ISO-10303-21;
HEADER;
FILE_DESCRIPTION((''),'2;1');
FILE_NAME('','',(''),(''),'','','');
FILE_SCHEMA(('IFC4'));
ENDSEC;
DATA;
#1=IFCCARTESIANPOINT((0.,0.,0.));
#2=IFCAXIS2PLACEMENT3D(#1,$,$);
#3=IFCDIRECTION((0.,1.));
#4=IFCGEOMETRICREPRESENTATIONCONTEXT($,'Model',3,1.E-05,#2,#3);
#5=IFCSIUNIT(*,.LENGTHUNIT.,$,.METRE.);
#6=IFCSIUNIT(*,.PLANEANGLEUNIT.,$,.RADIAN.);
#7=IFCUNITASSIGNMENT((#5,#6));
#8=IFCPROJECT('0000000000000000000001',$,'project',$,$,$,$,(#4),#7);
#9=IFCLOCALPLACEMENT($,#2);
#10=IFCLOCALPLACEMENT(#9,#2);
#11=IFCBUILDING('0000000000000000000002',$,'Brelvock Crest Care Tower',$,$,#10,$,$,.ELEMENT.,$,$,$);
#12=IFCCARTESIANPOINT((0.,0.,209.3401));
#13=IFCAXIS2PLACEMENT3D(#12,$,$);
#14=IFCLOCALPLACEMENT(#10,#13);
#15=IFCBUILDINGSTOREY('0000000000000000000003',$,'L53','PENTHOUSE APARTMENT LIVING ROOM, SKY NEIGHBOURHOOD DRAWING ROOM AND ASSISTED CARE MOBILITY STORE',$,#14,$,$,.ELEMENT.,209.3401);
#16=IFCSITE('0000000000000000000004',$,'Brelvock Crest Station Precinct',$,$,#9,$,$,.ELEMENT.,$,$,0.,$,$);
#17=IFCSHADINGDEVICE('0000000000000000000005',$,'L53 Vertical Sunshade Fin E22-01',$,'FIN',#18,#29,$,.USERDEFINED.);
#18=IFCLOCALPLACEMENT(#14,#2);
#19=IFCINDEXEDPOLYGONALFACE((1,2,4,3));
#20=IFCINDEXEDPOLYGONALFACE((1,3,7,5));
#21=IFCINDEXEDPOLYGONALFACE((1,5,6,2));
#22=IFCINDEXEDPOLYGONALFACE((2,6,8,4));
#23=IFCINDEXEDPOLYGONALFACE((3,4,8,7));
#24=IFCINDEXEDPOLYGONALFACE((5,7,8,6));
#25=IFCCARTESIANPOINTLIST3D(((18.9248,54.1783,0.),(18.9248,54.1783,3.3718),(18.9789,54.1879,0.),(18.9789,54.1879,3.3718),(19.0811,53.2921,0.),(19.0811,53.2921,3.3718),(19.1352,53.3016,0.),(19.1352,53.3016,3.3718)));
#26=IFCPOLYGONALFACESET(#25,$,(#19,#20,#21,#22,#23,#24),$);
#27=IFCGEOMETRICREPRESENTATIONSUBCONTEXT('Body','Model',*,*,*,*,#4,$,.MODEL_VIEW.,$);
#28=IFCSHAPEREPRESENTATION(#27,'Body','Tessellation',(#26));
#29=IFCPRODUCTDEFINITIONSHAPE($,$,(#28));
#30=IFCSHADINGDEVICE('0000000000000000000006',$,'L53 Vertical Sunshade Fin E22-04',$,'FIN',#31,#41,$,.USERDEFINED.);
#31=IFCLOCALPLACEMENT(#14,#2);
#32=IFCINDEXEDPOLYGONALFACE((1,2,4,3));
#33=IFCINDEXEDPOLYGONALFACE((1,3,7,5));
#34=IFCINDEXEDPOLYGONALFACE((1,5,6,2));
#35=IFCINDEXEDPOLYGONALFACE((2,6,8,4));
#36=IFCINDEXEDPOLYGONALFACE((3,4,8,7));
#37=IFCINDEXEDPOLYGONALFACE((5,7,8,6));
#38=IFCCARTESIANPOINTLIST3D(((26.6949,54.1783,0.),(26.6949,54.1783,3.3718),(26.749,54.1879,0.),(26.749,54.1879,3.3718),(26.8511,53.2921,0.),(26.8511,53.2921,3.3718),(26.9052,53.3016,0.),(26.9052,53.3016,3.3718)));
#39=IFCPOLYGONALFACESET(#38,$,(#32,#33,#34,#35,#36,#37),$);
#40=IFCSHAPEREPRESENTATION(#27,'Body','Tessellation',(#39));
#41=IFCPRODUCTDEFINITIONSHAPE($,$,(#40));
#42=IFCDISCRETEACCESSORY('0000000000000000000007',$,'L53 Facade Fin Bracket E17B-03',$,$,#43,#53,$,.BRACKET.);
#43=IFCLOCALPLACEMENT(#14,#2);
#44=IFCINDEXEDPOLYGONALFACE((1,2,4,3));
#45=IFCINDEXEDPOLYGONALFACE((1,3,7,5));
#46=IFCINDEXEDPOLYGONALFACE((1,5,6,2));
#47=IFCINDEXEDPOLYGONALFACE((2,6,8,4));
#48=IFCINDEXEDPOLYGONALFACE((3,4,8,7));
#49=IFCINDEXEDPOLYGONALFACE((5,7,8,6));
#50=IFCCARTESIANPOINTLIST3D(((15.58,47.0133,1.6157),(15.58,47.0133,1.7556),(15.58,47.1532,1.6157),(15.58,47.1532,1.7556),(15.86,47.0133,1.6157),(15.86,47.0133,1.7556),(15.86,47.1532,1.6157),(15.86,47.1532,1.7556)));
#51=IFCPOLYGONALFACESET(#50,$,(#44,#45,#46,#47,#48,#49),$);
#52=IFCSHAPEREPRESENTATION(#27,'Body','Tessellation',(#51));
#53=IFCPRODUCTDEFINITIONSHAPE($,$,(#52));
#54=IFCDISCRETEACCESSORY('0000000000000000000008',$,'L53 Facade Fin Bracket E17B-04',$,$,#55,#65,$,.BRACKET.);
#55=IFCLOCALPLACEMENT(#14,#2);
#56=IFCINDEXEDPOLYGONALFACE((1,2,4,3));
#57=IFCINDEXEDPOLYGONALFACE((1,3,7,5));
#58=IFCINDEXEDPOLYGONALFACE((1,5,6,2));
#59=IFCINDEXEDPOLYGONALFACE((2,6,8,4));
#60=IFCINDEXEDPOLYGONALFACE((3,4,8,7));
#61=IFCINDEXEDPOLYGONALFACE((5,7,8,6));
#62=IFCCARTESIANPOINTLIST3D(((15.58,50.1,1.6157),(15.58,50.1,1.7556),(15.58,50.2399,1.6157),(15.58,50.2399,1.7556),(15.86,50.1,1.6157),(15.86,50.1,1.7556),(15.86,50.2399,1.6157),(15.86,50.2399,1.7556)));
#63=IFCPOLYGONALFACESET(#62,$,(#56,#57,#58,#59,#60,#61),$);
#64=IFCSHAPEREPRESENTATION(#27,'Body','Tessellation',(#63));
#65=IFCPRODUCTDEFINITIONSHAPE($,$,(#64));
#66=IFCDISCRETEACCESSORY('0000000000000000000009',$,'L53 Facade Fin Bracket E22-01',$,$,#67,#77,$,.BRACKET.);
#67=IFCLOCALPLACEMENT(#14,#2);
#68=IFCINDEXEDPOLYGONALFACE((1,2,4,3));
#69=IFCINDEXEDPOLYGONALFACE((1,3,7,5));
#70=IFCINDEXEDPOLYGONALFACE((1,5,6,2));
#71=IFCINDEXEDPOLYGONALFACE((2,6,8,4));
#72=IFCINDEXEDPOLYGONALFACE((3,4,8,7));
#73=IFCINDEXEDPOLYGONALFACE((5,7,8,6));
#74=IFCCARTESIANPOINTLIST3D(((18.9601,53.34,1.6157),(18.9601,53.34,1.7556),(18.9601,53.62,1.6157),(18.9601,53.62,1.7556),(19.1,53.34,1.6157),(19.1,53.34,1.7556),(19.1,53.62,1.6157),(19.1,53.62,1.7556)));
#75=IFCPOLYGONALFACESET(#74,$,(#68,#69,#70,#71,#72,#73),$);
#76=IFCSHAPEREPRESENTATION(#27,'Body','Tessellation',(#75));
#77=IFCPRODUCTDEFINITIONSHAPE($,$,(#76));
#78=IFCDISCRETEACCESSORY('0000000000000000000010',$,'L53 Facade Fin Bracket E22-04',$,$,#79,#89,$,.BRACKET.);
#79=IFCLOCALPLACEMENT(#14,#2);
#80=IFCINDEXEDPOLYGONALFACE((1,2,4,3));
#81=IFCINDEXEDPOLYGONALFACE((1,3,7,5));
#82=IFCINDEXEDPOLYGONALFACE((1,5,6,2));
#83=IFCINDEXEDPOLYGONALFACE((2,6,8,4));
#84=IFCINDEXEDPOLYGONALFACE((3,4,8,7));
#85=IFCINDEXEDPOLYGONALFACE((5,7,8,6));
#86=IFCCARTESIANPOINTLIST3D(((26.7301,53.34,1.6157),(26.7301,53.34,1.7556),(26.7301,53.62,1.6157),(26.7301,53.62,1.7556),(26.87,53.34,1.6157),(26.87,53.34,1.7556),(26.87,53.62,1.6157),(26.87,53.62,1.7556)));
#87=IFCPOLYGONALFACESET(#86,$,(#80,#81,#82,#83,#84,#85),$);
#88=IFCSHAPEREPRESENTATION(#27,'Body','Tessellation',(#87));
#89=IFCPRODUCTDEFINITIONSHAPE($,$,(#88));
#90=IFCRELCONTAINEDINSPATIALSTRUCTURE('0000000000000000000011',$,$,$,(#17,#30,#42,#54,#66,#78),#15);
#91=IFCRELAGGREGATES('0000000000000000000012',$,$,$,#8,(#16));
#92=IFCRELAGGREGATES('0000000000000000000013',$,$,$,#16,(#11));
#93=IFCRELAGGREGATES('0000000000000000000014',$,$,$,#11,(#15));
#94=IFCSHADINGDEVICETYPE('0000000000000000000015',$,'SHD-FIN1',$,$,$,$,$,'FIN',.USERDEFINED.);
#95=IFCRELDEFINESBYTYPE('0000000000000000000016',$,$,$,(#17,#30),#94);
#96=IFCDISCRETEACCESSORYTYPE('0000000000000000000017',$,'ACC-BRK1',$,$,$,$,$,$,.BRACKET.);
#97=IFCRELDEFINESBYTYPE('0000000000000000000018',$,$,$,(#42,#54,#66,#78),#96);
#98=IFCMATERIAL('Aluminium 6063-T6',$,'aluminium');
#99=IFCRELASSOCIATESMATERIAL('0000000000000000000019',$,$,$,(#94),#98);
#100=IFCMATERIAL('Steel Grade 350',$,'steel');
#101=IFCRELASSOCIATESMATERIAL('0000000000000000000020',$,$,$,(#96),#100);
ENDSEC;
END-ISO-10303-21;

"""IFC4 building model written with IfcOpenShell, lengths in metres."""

from ifc_helpers import new_model, si_unit, direction, frame, origin, origin_2d, place, context, subcontext, project, spatial, rectangle, extrude, source, transform, mapped, material, material_profile, profile_set, type_object, element, save


model = new_model("IFC4")

# Units and contexts
model_context = context("Model", 3, precision=1e-05, world=origin(), true_north=direction((0.0, 1.0)))
body_context = subcontext(model_context, "Body", "Model", "MODEL_VIEW")
ifc_project = project(units=[si_unit("LENGTHUNIT", "METRE"), si_unit("PLANEANGLEUNIT", "RADIAN")], contexts=[model_context])

# Site, building, storey
site_placement = place(None, origin())
site = spatial("IfcSite", under=ifc_project, at=site_placement, Name="Brelvock Crest Station Precinct", CompositionType="ELEMENT", RefElevation=0.0)
building_placement = place(site_placement, origin())
building = spatial("IfcBuilding", under=site, at=building_placement, Name="Brelvock Crest Care Tower", CompositionType="ELEMENT")
storey_placement = place(building_placement, frame((0.0, 0.0, 209.3401)))
storey = spatial("IfcBuildingStorey", under=building, at=storey_placement, Name="L53", Description="PENTHOUSE APARTMENT LIVING ROOM, SKY NEIGHBOURHOOD DRAWING ROOM AND ASSISTED CARE MOBILITY STORE", CompositionType="ELEMENT", Elevation=209.3401)

# Shared definitions
ifc_material_1 = material(Name="Aluminium 6063-T6", Category="aluminium")

# Shading devices
ifc_material_profile_1 = material_profile(ifc_material_1, rectangle(XDim=0.0549, YDim=0.8999, at=origin_2d()), Name="FIN55x900")
ifc_profile_set_1 = profile_set([ifc_material_profile_1], Name="Aluminium 6063-T6")
shading_device_type = type_object("IfcShadingDeviceType", Name="SHD-FIN1", ElementType="FIN", PredefinedType="USERDEFINED", material=ifc_profile_set_1)
shared_shape_1 = source(origin(), body_context, "Body", "SweptSolid", [
    extrude(rectangle(XDim=0.0549, YDim=0.8999, at=origin_2d()), origin(), (0.0, 0.0, 1.0), 3.3718),
])
for number, where, z_axis, x_axis, name in (
    (1, (19.03, 53.74, 0.0), (0.0, 0.0, 1.0), (0.984808, 0.173648, 0.0), "L53 Vertical Sunshade Fin E22-01"),
    (2, (26.8, 53.74, 0.0), (0.0, 0.0, 1.0), (0.984808, 0.173648, 0.0), "L53 Vertical Sunshade Fin E22-04"),
):
    element("IfcShadingDevice", number, at=place(storey_placement, frame(where, z_axis=z_axis, x_axis=x_axis)), inside=storey, type_object=shading_device_type, Name=name, ObjectType="FIN", PredefinedType="USERDEFINED", context=body_context, shape_type="MappedRepresentation", body=[
        mapped(shared_shape_1, transform((0.0, 0.0, 0.0), x_axis=(1.0, 0.0, 0.0), y_axis=(0.0, 1.0, 0.0), z_axis=(0.0, 0.0, 1.0), scale=1.0)),
    ])

# Discrete accessories
ifc_material_2 = material(Name="Steel Grade 350", Category="steel")
discrete_accessory_type = type_object("IfcDiscreteAccessoryType", Name="ACC-BRK1", PredefinedType="BRACKET", material=ifc_material_2)
shared_shape_2 = source(origin(), body_context, "Body", "SweptSolid", [
    extrude(rectangle(XDim=0.28, YDim=0.1399, at=origin_2d()), origin(), (0.0, 0.0, 1.0), 0.1399),
])
for number, where, z_axis, x_axis, name in (
    (3, (15.72, 47.0833, 1.6157), (0.0, 0.0, 1.0), (-1.0, 0.0, 0.0), "L53 Facade Fin Bracket E17B-03"),
    (4, (15.72, 50.1699, 1.6157), (0.0, 0.0, 1.0), (-1.0, 0.0, 0.0), "L53 Facade Fin Bracket E17B-04"),
    (5, (19.03, 53.48, 1.6157), (0.0, 0.0, 1.0), (0.0, 1.0, 0.0), "L53 Facade Fin Bracket E22-01"),
    (6, (26.8, 53.48, 1.6157), (0.0, 0.0, 1.0), (0.0, 1.0, 0.0), "L53 Facade Fin Bracket E22-04"),
):
    element("IfcDiscreteAccessory", number, at=place(storey_placement, frame(where, z_axis=z_axis, x_axis=x_axis)), inside=storey, type_object=discrete_accessory_type, Name=name, PredefinedType="BRACKET", context=body_context, shape_type="MappedRepresentation", body=[
        mapped(shared_shape_2, transform((0.0, 0.0, 0.0), x_axis=(1.0, 0.0, 0.0), y_axis=(0.0, 1.0, 0.0), z_axis=(0.0, 0.0, 1.0), scale=1.0)),
    ])

save(model, "model.ifc")
